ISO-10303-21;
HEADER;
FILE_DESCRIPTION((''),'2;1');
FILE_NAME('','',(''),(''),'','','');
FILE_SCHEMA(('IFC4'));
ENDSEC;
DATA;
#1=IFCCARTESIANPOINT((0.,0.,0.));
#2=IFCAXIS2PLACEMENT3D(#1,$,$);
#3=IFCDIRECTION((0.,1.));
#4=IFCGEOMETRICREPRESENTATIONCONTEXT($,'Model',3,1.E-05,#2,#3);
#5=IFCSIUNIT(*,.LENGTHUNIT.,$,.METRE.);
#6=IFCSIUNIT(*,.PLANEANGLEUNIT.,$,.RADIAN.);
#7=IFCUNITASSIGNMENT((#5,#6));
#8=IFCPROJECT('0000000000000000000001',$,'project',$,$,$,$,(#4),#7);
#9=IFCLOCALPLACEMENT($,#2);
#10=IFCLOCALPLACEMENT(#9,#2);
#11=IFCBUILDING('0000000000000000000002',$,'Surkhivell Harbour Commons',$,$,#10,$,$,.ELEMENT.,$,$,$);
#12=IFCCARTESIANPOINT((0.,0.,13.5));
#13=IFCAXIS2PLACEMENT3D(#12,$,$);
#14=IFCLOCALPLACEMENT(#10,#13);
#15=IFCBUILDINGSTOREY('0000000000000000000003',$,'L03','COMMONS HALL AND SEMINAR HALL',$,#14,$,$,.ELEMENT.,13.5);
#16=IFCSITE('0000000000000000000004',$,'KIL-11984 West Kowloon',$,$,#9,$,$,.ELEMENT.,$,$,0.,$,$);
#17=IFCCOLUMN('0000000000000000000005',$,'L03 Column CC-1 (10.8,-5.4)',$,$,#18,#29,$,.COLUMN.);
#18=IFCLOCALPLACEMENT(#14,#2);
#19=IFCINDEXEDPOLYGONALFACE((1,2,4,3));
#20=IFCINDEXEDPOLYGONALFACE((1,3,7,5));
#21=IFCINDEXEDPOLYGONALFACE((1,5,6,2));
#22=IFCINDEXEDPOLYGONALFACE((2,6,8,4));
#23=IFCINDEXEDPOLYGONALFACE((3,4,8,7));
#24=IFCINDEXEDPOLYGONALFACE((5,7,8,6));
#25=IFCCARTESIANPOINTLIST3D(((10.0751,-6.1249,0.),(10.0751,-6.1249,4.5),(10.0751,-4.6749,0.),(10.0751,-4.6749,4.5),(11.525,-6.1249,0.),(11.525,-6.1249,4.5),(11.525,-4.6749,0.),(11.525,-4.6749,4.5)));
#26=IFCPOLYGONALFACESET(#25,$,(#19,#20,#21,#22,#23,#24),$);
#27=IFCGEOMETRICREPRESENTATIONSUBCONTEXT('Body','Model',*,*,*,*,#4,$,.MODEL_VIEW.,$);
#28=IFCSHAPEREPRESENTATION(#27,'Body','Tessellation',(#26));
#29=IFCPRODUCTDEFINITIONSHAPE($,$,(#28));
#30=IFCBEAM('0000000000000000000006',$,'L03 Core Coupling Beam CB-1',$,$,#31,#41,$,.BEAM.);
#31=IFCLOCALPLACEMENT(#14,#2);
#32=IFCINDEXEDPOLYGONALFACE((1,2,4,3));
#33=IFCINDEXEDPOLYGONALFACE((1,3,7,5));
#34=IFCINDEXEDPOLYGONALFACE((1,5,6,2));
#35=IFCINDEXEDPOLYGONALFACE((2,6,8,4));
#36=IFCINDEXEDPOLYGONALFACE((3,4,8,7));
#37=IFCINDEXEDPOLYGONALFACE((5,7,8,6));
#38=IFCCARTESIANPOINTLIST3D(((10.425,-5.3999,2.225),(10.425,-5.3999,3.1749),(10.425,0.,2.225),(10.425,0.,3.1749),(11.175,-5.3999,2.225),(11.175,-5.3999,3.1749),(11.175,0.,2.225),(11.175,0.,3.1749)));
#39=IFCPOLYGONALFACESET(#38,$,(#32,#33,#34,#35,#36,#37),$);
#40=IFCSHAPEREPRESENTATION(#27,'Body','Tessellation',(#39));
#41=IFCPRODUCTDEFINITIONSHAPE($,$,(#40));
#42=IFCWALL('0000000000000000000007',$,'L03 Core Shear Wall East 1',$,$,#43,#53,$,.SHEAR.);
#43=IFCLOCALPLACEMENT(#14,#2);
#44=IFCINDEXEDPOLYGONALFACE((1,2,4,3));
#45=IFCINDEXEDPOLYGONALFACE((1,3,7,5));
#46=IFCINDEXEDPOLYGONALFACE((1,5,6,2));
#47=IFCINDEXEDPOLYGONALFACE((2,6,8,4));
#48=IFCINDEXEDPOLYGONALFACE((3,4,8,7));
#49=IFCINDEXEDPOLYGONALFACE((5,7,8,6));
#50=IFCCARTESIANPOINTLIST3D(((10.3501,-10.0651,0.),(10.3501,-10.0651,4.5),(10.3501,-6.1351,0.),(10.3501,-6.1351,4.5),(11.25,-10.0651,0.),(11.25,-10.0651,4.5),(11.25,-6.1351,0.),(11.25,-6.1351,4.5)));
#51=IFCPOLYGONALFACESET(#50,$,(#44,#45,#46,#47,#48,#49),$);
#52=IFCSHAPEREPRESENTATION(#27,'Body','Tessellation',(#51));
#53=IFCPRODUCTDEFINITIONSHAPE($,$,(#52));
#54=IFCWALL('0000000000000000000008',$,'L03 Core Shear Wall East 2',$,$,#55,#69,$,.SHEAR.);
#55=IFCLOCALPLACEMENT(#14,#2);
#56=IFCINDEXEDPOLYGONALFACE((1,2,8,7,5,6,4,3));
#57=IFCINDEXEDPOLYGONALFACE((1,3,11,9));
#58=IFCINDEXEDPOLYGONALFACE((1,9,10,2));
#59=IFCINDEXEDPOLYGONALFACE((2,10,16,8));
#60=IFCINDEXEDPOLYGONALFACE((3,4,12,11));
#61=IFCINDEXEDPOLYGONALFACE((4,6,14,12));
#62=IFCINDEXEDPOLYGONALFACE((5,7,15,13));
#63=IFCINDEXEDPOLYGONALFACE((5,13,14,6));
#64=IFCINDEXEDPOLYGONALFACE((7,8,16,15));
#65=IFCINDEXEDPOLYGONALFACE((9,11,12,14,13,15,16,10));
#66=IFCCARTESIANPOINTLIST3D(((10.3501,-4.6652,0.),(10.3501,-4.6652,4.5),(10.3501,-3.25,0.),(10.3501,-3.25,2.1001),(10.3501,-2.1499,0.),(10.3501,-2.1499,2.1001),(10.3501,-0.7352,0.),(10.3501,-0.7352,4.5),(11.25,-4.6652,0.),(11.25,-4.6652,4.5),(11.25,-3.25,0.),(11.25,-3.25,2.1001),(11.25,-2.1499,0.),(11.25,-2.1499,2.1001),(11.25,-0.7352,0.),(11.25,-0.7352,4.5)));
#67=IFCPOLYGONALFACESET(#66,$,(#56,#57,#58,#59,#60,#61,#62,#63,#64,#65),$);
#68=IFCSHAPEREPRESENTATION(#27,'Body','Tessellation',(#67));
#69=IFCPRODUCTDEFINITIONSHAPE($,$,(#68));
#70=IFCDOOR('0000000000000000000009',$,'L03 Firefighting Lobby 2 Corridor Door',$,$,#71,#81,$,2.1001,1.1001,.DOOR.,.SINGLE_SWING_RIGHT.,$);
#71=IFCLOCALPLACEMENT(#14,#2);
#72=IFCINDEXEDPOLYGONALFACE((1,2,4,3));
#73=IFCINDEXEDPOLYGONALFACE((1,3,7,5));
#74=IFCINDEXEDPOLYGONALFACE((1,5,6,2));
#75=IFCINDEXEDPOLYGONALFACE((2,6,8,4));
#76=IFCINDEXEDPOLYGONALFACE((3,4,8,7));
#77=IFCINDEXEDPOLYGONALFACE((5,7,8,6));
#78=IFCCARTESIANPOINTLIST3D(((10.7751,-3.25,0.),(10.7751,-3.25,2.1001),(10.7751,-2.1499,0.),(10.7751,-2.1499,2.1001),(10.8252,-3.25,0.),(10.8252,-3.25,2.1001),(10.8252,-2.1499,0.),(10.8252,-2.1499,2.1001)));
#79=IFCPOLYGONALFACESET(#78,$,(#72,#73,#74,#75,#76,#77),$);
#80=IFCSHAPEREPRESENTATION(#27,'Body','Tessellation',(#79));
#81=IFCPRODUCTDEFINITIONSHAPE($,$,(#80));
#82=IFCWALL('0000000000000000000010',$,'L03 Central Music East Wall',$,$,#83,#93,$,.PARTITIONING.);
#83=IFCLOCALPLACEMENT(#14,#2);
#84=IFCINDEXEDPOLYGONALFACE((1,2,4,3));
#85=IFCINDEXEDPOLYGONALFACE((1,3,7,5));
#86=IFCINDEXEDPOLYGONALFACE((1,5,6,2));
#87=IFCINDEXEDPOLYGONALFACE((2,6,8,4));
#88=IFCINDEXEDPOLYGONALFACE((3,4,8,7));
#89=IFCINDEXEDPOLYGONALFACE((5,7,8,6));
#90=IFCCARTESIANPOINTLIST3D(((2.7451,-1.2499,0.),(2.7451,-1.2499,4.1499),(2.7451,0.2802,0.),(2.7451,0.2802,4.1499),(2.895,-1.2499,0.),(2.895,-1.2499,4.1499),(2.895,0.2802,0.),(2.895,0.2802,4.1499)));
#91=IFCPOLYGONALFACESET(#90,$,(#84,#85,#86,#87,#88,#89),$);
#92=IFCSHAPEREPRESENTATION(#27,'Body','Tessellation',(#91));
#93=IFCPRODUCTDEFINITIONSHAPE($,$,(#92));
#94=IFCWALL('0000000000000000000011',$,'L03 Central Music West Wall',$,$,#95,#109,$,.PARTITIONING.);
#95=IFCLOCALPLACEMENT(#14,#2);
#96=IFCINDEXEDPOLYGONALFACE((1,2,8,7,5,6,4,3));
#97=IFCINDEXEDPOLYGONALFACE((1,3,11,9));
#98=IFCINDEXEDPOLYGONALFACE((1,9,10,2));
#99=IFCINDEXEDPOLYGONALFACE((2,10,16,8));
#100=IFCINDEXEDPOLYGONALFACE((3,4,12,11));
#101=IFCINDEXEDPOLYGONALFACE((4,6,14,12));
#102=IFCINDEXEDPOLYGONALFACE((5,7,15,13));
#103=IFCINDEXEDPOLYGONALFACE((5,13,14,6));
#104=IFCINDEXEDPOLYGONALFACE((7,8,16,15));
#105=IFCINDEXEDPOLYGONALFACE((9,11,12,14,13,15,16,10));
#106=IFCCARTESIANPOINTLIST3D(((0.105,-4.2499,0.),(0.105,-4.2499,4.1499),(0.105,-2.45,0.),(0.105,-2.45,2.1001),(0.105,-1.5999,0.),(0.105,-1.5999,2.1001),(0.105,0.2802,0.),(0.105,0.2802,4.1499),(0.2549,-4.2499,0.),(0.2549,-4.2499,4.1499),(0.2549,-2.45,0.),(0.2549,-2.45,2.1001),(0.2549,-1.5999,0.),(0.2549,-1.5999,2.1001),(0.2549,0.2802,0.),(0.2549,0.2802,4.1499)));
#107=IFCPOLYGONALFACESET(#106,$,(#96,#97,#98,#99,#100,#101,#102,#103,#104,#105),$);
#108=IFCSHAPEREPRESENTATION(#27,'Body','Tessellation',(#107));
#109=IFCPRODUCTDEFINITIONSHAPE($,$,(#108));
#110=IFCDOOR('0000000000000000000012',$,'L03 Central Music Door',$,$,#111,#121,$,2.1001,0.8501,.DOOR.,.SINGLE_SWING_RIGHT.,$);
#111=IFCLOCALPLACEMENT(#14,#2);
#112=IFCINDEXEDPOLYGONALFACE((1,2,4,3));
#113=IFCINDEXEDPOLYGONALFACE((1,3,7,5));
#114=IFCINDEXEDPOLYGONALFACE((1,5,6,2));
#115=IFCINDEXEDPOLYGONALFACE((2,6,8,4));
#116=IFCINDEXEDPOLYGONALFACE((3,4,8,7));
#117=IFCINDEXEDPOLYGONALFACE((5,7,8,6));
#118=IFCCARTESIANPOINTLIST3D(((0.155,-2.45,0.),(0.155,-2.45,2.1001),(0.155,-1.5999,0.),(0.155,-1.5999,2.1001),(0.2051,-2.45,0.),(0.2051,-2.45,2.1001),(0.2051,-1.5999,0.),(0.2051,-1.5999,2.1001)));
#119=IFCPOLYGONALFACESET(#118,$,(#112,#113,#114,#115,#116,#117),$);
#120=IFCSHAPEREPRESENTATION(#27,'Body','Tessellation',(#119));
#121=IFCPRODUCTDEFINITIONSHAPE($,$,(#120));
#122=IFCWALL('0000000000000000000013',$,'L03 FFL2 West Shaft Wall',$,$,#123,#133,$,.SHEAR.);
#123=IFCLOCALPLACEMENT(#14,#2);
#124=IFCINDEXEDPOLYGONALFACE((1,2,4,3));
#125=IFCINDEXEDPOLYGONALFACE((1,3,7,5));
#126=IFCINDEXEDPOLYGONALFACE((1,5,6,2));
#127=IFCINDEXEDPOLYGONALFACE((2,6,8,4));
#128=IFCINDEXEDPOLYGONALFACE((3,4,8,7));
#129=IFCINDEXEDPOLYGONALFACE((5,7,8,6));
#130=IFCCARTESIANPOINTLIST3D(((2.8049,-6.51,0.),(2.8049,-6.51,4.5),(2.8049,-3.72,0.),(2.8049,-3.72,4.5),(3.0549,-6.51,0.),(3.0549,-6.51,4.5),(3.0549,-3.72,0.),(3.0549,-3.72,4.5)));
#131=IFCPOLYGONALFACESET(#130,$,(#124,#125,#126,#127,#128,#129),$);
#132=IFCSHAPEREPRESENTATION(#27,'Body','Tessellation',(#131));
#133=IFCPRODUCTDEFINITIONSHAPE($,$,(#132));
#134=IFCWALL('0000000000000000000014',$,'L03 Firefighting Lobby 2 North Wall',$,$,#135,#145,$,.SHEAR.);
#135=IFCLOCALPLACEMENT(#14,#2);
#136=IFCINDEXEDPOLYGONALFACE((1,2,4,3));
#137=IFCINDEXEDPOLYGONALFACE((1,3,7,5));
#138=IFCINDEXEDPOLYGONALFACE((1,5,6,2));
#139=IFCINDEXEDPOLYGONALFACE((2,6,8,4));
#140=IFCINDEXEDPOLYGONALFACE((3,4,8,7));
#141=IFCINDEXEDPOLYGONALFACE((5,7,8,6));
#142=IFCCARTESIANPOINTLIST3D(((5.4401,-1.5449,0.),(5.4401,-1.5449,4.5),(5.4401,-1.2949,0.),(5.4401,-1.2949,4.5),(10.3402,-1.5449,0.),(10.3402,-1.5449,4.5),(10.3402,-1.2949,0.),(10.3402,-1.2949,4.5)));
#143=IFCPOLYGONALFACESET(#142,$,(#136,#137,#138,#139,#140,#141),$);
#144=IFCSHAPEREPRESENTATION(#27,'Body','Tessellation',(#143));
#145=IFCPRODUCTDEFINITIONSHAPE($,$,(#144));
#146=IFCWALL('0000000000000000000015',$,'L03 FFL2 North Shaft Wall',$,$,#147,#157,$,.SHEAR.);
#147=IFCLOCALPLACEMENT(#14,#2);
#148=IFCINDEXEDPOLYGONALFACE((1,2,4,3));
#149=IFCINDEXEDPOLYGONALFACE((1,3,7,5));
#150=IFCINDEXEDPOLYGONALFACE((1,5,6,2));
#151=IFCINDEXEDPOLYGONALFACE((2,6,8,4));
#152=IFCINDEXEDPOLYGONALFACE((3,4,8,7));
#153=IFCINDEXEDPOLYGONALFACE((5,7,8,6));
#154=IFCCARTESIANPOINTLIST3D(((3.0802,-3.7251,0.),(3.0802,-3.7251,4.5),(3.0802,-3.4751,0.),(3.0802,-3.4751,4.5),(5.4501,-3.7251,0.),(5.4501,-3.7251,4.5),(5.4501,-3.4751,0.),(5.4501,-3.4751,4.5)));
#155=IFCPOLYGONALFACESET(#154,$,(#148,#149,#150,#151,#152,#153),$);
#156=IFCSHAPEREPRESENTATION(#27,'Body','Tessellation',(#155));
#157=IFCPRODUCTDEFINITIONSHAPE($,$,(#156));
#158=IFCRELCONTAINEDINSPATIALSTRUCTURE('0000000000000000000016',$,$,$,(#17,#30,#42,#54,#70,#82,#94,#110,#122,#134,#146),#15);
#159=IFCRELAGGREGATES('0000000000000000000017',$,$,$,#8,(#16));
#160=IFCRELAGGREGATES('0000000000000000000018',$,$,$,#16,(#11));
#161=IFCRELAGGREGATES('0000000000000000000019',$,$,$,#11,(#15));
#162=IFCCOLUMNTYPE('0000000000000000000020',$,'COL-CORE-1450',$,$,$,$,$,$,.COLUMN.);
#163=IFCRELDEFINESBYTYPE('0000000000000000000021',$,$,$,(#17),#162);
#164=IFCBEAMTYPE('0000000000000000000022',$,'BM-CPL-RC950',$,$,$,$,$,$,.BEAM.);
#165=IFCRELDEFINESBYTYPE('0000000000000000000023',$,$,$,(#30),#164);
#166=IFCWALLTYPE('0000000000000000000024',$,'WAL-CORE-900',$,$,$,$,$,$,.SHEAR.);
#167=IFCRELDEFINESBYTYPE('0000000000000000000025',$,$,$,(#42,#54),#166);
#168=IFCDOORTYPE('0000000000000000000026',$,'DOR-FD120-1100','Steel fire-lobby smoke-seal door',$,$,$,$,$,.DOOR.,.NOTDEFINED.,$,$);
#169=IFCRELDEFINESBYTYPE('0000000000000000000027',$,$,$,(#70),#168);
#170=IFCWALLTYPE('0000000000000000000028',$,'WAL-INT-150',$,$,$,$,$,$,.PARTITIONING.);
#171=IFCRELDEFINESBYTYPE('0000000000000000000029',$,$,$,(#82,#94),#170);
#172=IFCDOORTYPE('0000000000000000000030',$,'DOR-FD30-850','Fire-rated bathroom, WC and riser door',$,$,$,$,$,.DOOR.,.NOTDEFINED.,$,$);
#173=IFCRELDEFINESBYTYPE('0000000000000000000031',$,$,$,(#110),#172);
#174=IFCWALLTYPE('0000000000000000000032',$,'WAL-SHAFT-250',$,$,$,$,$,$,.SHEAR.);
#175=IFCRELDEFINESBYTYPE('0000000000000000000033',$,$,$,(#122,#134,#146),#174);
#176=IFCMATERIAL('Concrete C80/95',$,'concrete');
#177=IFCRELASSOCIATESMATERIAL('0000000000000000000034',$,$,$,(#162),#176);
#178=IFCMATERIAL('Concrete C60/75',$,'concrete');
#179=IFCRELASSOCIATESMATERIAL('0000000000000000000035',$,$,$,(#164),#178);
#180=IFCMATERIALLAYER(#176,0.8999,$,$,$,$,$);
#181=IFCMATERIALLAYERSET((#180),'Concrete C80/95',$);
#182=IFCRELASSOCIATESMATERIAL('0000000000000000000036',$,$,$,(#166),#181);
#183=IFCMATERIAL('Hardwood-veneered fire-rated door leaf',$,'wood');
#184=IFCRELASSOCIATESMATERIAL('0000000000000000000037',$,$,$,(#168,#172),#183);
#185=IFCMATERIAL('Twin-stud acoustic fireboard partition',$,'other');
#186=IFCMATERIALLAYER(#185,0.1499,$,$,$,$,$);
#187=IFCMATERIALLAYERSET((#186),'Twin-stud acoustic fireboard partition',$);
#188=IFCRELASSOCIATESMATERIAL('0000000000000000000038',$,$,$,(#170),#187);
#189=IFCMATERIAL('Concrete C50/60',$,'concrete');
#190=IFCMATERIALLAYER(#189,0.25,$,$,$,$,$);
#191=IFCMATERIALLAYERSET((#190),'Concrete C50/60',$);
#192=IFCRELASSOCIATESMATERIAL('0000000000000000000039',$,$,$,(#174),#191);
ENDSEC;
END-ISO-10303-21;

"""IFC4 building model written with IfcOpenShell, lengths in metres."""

from ifc_helpers import new_model, si_unit, direction, frame, frame_2d, origin, origin_2d, place, context, subcontext, project, spatial, rectangle, extrude, material, layer, layer_set, material_profile, profile_set, type_object, element, fill, save


model = new_model("IFC4")

# Units and contexts
model_context = context("Model", 3, precision=1e-05, world=origin(), true_north=direction((0.0, 1.0)))
body_context = subcontext(model_context, "Body", "Model", "MODEL_VIEW")
ifc_project = project(units=[si_unit("LENGTHUNIT", "METRE"), si_unit("PLANEANGLEUNIT", "RADIAN")], contexts=[model_context])

# Site, building, storey
site_placement = place(None, origin())
site = spatial("IfcSite", under=ifc_project, at=site_placement, Name="KIL-11984 West Kowloon", CompositionType="ELEMENT", RefElevation=0.0)
building_placement = place(site_placement, origin())
building = spatial("IfcBuilding", under=site, at=building_placement, Name="Surkhivell Harbour Commons", CompositionType="ELEMENT")
storey_placement = place(building_placement, frame((0.0, 0.0, 13.5)))
storey = spatial("IfcBuildingStorey", under=building, at=storey_placement, Name="L03", Description="COMMONS HALL AND SEMINAR HALL", CompositionType="ELEMENT", Elevation=13.5)

# Column
ifc_material_1 = material(Name="Concrete C80/95", Category="concrete")
ifc_material_profile_1 = material_profile(ifc_material_1, rectangle(XDim=1.45, YDim=1.45, at=origin_2d()), Name="RC-COL-1450x1450")
ifc_profile_set_1 = profile_set([ifc_material_profile_1], Name="Concrete C80/95")
column_type = type_object("IfcColumnType", Name="COL-CORE-1450", PredefinedType="COLUMN", material=ifc_profile_set_1)
column_placement = place(storey_placement, frame((10.8, -5.3999, 0.0), z_axis=(0.0, 0.0, 1.0), x_axis=(1.0, 0.0, 0.0)))
element("IfcColumn", 1, at=column_placement, inside=storey, type_object=column_type, Name="L03 Column CC-1 (10.8,-5.4)", PredefinedType="COLUMN", context=body_context, shape_type="SweptSolid", body=[
    extrude(rectangle(XDim=1.45, YDim=1.45, at=origin_2d()), origin(), (0.0, 0.0, 1.0), 4.5),
])

# Beam
ifc_material_2 = material(Name="Concrete C60/75", Category="concrete")
ifc_material_profile_2 = material_profile(ifc_material_2, rectangle(XDim=0.75, YDim=0.95, at=origin_2d()), Name="RC-CBM-750x950")
ifc_profile_set_2 = profile_set([ifc_material_profile_2], Name="Concrete C60/75")
beam_type = type_object("IfcBeamType", Name="BM-CPL-RC950", PredefinedType="BEAM", material=ifc_profile_set_2)
beam_placement = place(storey_placement, frame((10.8, -5.3999, 2.7), z_axis=(0.0, 1.0, 0.0), x_axis=(-1.0, 0.0, 0.0)))
element("IfcBeam", 2, at=beam_placement, inside=storey, type_object=beam_type, Name="L03 Core Coupling Beam CB-1", PredefinedType="BEAM", context=body_context, shape_type="SweptSolid", body=[
    extrude(rectangle(XDim=0.75, YDim=0.95, at=origin_2d()), origin(), (0.0, 0.0, 1.0), 5.3999),
])

# Wall
ifc_layer_1 = layer(ifc_material_1, 0.8999)
ifc_layer_set_1 = layer_set([ifc_layer_1], Name="Concrete C80/95")
wall_type_1 = type_object("IfcWallType", Name="WAL-CORE-900", PredefinedType="SHEAR", material=ifc_layer_set_1)
wall_1_placement = place(storey_placement, frame((10.8, -10.0649, 0.0), z_axis=(0.0, 0.0, 1.0), x_axis=(0.0, 1.0, 0.0)))
element("IfcWall", 3, at=wall_1_placement, inside=storey, type_object=wall_type_1, Name="L03 Core Shear Wall East 1", PredefinedType="SHEAR", context=body_context, shape_type="SweptSolid", body=[
    extrude(rectangle(XDim=3.9299, YDim=0.8999, at=frame_2d((1.9648, 0.0))), origin(), (0.0, 0.0, 1.0), 4.5),
])

# Wall, opening, door
wall_2_placement = place(storey_placement, frame((10.8, -4.665, 0.0), z_axis=(0.0, 0.0, 1.0), x_axis=(0.0, 1.0, 0.0)))
wall_2 = element("IfcWall", 4, at=wall_2_placement, inside=storey, type_object=wall_type_1, Name="L03 Core Shear Wall East 2", PredefinedType="SHEAR", context=body_context, shape_type="SweptSolid", body=[
    extrude(rectangle(XDim=3.9299, YDim=0.8999, at=frame_2d((1.9648, 0.0))), origin(), (0.0, 0.0, 1.0), 4.5),
])
opening_1_placement = place(wall_2_placement, frame((1.415, 0.0, 0.0)))
opening_1 = element("IfcOpeningElement", 5, at=opening_1_placement, cuts=wall_2, PredefinedType="OPENING", context=body_context, shape_type="SweptSolid", body=[
    extrude(rectangle(XDim=1.1001, YDim=2.1001, at=frame_2d((0.55, 1.05))), frame((0.0, 0.46, 0.0), z_axis=(0.0, -1.0, 0.0), x_axis=(1.0, 0.0, 0.0)), (0.0, 0.0, 1.0), 0.9199),
])
ifc_material_3 = material(Name="Hardwood-veneered fire-rated door leaf", Category="wood")
door_type_1 = type_object("IfcDoorType", Name="DOR-FD120-1100", Description="Steel fire-lobby smoke-seal door", OperationType="NOTDEFINED", PredefinedType="DOOR", material=ifc_material_3)
door_1_placement = place(opening_1_placement, origin())
door_1 = element("IfcDoor", 6, at=door_1_placement, inside=storey, type_object=door_type_1, Name="L03 Firefighting Lobby 2 Corridor Door", OperationType="SINGLE_SWING_RIGHT", OverallHeight=2.1001, OverallWidth=1.1001, PredefinedType="DOOR", context=body_context, shape_type="SweptSolid", body=[
    extrude(rectangle(XDim=1.1001, YDim=2.1001, at=frame_2d((0.55, 1.05))), frame((0.0, 0.0249, 0.0), z_axis=(0.0, -1.0, 0.0), x_axis=(1.0, 0.0, 0.0)), (0.0, 0.0, 1.0), 0.05),
])
fill(opening_1, door_1)

# Wall
ifc_material_4 = material(Name="Twin-stud acoustic fireboard partition", Category="other")
ifc_layer_2 = layer(ifc_material_4, 0.1499)
ifc_layer_set_2 = layer_set([ifc_layer_2], Name="Twin-stud acoustic fireboard partition")
wall_type_2 = type_object("IfcWallType", Name="WAL-INT-150", PredefinedType="PARTITIONING", material=ifc_layer_set_2)
wall_3_placement = place(storey_placement, frame((2.8201, -1.25, 0.0), z_axis=(0.0, 0.0, 1.0), x_axis=(0.0, 1.0, 0.0)))
element("IfcWall", 7, at=wall_3_placement, inside=storey, type_object=wall_type_2, Name="L03 Central Music East Wall", PredefinedType="PARTITIONING", context=body_context, shape_type="SweptSolid", body=[
    extrude(rectangle(XDim=1.53, YDim=0.1499, at=frame_2d((0.7651, 0.0))), origin(), (0.0, 0.0, 1.0), 4.1499),
])

# Wall, opening, door
wall_4_placement = place(storey_placement, frame((0.1799, -4.25, 0.0), z_axis=(0.0, 0.0, 1.0), x_axis=(0.0, 1.0, 0.0)))
wall_4 = element("IfcWall", 8, at=wall_4_placement, inside=storey, type_object=wall_type_2, Name="L03 Central Music West Wall", PredefinedType="PARTITIONING", context=body_context, shape_type="SweptSolid", body=[
    extrude(rectangle(XDim=4.53, YDim=0.1499, at=frame_2d((2.2651, 0.0))), origin(), (0.0, 0.0, 1.0), 4.1499),
])
opening_2_placement = place(wall_4_placement, frame((1.8, 0.0, 0.0)))
opening_2 = element("IfcOpeningElement", 9, at=opening_2_placement, cuts=wall_4, PredefinedType="OPENING", context=body_context, shape_type="SweptSolid", body=[
    extrude(rectangle(XDim=0.8501, YDim=2.1001, at=frame_2d((0.425, 1.05))), frame((0.0, 0.085, 0.0), z_axis=(0.0, -1.0, 0.0), x_axis=(1.0, 0.0, 0.0)), (0.0, 0.0, 1.0), 0.1699),
])
door_type_2 = type_object("IfcDoorType", Name="DOR-FD30-850", Description="Fire-rated bathroom, WC and riser door", OperationType="NOTDEFINED", PredefinedType="DOOR", material=ifc_material_3)
door_2_placement = place(opening_2_placement, origin())
door_2 = element("IfcDoor", 10, at=door_2_placement, inside=storey, type_object=door_type_2, Name="L03 Central Music Door", OperationType="SINGLE_SWING_RIGHT", OverallHeight=2.1001, OverallWidth=0.8501, PredefinedType="DOOR", context=body_context, shape_type="SweptSolid", body=[
    extrude(rectangle(XDim=0.8501, YDim=2.1001, at=frame_2d((0.425, 1.05))), frame((0.0, 0.0249, 0.0), z_axis=(0.0, -1.0, 0.0), x_axis=(1.0, 0.0, 0.0)), (0.0, 0.0, 1.0), 0.05),
])
fill(opening_2, door_2)

# Walls
ifc_material_5 = material(Name="Concrete C50/60", Category="concrete")
ifc_layer_3 = layer(ifc_material_5, 0.25)
ifc_layer_set_3 = layer_set([ifc_layer_3], Name="Concrete C50/60")
wall_type_3 = type_object("IfcWallType", Name="WAL-SHAFT-250", PredefinedType="SHEAR", material=ifc_layer_set_3)
wall_5_placement = place(storey_placement, frame((2.9299, -6.51, 0.0), z_axis=(0.0, 0.0, 1.0), x_axis=(0.0, 1.0, 0.0)))
element("IfcWall", 11, at=wall_5_placement, inside=storey, type_object=wall_type_3, Name="L03 FFL2 West Shaft Wall", PredefinedType="SHEAR", context=body_context, shape_type="SweptSolid", body=[
    extrude(rectangle(XDim=2.79, YDim=0.25, at=frame_2d((1.395, 0.0))), origin(), (0.0, 0.0, 1.0), 4.5),
])
wall_6_placement = place(storey_placement, frame((5.4399, -1.4199, 0.0), z_axis=(0.0, 0.0, 1.0), x_axis=(1.0, 0.0, 0.0)))
element("IfcWall", 12, at=wall_6_placement, inside=storey, type_object=wall_type_3, Name="L03 Firefighting Lobby 2 North Wall", PredefinedType="SHEAR", context=body_context, shape_type="SweptSolid", body=[
    extrude(rectangle(XDim=4.9001, YDim=0.25, at=frame_2d((2.4502, 0.0))), origin(), (0.0, 0.0, 1.0), 4.5),
])
wall_7_placement = place(storey_placement, frame((3.0801, -3.6001, 0.0), z_axis=(0.0, 0.0, 1.0), x_axis=(1.0, 0.0, 0.0)))
element("IfcWall", 13, at=wall_7_placement, inside=storey, type_object=wall_type_3, Name="L03 FFL2 North Shaft Wall", PredefinedType="SHEAR", context=body_context, shape_type="SweptSolid", body=[
    extrude(rectangle(XDim=2.3699, YDim=0.25, at=frame_2d((1.1851, 0.0))), origin(), (0.0, 0.0, 1.0), 4.5),
])

save(model, "model.ifc")
